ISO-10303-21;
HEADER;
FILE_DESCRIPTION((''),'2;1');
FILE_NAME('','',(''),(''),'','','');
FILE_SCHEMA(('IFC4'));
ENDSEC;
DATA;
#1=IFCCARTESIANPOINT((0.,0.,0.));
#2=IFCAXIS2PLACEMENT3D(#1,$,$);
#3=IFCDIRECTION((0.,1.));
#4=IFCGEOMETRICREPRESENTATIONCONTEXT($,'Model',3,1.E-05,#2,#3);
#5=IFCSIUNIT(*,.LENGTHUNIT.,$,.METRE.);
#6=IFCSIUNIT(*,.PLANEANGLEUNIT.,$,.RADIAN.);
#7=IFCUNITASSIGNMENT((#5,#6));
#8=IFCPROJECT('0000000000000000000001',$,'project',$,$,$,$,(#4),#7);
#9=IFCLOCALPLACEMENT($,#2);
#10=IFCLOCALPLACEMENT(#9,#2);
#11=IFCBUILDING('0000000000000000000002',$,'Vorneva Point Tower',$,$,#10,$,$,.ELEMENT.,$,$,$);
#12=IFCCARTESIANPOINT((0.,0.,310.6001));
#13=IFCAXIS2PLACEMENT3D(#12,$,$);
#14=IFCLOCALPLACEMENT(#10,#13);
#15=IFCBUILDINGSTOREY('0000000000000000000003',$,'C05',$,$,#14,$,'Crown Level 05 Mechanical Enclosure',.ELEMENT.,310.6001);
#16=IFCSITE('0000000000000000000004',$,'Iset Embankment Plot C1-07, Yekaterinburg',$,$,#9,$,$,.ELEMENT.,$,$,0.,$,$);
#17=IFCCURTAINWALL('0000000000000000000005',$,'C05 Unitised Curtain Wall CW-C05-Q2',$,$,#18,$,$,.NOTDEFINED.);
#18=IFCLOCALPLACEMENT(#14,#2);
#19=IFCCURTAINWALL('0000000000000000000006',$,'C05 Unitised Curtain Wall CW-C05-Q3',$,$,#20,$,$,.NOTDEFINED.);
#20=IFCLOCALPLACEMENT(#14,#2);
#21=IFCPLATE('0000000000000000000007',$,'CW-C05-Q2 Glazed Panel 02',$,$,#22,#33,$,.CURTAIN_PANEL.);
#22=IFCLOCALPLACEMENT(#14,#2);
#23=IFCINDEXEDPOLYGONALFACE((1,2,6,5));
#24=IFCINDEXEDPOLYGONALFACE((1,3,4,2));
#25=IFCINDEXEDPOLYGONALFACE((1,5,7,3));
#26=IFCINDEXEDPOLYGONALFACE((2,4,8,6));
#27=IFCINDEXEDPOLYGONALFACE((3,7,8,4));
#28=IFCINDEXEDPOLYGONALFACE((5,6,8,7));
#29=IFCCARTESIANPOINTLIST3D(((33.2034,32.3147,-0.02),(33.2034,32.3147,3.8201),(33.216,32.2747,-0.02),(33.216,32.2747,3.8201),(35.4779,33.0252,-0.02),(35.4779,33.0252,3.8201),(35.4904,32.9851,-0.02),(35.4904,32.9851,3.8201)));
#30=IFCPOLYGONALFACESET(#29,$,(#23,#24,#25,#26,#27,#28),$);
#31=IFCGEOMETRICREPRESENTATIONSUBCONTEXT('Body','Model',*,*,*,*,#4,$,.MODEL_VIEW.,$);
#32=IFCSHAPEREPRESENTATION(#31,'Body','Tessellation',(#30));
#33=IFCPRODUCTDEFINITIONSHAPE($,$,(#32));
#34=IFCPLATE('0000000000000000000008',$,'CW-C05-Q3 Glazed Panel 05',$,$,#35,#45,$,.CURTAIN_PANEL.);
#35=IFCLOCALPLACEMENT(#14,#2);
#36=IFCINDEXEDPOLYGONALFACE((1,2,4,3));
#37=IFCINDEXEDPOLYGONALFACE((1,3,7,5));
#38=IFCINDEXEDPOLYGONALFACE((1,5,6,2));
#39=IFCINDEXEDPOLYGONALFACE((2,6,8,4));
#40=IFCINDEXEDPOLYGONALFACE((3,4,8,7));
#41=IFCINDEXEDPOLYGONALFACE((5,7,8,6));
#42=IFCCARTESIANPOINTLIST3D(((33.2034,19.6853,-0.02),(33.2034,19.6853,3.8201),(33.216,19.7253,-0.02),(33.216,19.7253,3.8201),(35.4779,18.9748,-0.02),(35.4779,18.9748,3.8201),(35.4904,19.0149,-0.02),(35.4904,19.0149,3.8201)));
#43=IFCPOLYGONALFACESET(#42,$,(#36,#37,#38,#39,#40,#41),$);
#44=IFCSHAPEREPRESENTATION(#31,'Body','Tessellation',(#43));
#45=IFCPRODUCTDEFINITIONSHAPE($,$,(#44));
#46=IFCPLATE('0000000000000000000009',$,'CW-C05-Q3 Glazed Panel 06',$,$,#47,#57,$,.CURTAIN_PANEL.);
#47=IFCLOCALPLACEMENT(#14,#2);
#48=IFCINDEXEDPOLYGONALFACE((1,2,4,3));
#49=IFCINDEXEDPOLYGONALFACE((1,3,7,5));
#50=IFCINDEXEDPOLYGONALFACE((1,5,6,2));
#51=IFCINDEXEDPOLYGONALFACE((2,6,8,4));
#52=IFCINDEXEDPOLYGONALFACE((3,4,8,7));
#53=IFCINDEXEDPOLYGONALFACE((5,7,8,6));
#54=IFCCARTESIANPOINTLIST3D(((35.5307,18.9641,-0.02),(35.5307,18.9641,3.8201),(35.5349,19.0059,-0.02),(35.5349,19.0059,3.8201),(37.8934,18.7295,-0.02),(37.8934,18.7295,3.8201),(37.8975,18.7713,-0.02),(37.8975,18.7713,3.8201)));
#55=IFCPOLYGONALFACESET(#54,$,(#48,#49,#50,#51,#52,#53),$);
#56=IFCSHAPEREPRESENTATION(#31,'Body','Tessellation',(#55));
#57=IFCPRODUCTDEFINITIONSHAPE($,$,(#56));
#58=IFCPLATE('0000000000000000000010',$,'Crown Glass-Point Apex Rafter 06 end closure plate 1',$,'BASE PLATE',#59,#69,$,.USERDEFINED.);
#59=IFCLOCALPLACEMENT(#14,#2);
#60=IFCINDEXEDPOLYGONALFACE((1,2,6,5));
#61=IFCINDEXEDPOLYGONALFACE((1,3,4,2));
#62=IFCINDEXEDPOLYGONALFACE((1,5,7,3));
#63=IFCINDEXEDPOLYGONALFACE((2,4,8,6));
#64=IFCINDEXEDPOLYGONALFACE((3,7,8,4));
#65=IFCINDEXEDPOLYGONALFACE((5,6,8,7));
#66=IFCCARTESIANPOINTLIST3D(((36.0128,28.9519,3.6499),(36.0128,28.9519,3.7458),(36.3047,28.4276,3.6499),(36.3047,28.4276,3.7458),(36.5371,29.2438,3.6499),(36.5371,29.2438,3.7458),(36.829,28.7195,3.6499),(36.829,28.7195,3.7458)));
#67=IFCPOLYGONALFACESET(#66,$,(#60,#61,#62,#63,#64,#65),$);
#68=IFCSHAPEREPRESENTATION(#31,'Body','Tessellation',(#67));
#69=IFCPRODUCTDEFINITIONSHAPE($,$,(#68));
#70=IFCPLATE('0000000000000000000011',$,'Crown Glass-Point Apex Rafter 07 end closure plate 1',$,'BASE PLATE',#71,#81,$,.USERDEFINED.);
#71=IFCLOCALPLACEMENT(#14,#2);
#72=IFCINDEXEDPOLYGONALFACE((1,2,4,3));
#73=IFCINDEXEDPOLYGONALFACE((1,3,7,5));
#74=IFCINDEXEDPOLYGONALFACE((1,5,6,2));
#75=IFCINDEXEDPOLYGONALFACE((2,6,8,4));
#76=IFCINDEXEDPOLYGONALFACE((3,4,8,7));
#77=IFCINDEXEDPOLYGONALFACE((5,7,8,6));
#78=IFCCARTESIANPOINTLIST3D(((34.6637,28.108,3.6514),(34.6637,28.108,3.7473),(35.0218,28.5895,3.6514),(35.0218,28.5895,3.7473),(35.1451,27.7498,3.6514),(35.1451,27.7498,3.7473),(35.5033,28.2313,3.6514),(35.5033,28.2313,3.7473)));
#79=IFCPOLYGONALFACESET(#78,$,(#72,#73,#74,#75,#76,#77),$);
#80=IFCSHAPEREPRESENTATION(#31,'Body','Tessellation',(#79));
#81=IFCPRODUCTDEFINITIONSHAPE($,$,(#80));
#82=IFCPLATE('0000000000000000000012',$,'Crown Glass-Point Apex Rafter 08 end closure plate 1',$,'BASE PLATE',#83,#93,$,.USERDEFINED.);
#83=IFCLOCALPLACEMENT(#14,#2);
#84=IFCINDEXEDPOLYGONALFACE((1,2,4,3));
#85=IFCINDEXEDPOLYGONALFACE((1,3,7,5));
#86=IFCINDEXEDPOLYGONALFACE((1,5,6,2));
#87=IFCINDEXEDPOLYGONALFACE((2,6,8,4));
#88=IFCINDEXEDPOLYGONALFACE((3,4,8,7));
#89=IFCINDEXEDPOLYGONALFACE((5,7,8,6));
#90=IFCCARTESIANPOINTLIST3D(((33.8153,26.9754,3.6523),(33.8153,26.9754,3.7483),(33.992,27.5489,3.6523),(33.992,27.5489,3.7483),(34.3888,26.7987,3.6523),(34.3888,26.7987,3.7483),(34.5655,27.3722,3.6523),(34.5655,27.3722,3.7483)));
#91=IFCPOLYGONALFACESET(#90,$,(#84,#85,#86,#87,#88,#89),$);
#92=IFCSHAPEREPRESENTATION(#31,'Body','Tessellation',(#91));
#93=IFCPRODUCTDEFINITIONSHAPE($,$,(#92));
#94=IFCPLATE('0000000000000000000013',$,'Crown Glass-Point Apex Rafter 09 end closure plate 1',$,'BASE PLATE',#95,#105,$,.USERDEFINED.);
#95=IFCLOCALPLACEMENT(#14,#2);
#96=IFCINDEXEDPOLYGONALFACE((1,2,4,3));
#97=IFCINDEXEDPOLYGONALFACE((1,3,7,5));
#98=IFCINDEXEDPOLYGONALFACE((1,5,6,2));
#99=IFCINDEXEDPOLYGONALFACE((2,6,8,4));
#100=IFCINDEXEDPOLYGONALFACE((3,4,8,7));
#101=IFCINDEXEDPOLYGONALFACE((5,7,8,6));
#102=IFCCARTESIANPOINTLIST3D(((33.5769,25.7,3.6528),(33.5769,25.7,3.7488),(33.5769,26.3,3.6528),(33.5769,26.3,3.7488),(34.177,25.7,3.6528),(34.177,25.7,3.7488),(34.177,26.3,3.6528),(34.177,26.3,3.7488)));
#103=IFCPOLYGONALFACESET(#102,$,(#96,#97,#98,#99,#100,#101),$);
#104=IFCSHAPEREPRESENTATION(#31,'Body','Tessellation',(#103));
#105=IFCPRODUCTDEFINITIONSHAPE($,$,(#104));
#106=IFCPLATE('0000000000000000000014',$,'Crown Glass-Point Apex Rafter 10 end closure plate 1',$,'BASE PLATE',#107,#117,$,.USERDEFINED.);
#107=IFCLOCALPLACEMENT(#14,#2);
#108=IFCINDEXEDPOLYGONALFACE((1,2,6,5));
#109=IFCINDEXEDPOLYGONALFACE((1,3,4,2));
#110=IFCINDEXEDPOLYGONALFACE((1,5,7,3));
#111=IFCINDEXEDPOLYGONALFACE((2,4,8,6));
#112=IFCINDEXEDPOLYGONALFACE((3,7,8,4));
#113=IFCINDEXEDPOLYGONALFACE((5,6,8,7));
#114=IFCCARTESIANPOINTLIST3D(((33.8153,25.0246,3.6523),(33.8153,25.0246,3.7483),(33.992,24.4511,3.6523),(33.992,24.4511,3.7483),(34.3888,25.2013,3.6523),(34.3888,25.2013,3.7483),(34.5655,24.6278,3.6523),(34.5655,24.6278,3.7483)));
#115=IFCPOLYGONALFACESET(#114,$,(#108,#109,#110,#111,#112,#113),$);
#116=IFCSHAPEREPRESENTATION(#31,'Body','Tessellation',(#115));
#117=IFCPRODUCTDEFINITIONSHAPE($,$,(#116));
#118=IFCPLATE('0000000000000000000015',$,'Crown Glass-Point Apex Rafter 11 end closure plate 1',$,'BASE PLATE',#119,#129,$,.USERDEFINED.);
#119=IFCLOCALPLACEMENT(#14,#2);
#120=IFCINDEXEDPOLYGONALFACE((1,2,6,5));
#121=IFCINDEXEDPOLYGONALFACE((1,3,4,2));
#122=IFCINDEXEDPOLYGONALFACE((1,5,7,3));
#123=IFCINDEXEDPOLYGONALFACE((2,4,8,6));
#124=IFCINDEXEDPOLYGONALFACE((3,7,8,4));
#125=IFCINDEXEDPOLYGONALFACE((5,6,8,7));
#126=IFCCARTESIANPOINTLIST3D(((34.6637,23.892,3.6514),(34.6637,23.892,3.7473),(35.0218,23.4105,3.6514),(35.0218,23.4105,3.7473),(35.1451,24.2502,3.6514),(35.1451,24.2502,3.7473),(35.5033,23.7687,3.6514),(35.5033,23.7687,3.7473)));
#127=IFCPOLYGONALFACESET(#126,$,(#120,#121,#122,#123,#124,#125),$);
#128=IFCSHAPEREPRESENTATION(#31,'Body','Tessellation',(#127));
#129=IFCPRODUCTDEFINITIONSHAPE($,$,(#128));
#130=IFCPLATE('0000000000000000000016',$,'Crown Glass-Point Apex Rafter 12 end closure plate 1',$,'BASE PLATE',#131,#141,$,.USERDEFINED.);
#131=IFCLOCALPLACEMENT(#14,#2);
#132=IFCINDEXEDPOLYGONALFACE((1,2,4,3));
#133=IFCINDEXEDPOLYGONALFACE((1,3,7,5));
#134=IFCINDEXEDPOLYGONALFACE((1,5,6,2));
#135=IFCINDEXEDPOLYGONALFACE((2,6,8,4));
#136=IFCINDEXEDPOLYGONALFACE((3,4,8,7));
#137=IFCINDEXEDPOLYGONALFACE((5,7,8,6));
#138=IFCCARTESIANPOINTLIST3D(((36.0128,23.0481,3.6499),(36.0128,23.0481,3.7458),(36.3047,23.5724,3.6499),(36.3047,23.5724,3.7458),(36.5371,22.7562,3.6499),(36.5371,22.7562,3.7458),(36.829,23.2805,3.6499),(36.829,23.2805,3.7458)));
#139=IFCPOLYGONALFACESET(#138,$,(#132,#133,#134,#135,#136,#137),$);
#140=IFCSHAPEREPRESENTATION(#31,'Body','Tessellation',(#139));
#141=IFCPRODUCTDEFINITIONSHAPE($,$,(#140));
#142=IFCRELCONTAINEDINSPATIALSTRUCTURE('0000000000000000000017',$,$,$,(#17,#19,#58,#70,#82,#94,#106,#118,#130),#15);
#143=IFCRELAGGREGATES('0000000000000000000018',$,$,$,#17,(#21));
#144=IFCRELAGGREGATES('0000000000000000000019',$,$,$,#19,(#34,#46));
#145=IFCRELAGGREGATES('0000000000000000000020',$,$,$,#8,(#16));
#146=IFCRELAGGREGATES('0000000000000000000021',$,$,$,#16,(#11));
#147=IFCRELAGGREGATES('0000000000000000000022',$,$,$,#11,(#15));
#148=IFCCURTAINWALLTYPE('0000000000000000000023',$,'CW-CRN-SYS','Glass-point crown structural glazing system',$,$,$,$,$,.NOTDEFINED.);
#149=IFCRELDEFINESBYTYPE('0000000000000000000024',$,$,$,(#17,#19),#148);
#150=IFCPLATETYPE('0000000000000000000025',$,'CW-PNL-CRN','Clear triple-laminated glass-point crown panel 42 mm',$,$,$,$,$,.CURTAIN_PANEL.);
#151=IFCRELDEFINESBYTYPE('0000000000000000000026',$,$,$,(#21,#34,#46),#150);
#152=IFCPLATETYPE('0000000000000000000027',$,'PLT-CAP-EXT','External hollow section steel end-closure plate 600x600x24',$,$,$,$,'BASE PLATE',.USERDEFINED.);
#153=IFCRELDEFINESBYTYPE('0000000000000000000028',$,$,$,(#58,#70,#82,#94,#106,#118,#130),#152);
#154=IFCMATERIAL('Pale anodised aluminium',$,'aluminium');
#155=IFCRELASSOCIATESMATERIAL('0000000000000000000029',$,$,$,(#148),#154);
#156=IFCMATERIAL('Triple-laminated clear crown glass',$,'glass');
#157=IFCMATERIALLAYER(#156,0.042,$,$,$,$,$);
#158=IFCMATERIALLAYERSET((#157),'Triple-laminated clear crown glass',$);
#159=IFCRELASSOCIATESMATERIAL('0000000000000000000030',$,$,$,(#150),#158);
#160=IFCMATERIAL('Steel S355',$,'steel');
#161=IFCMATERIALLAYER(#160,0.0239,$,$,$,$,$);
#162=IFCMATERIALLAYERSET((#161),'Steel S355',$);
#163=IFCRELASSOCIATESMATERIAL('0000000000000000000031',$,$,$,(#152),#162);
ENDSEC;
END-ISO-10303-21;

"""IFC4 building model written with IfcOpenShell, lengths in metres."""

from ifc_helpers import new_model, si_unit, direction, frame, origin, origin_2d, place, context, subcontext, project, spatial, rectangle, extrude, material, layer, layer_set, type_object, element, aggregate, save


model = new_model("IFC4")

# Units and contexts
model_context = context("Model", 3, precision=1e-05, world=origin(), true_north=direction((0.0, 1.0)))
body_context = subcontext(model_context, "Body", "Model", "MODEL_VIEW")
ifc_project = project(units=[si_unit("LENGTHUNIT", "METRE"), si_unit("PLANEANGLEUNIT", "RADIAN")], contexts=[model_context])

# Site, building, storey
site_placement = place(None, origin())
site = spatial("IfcSite", under=ifc_project, at=site_placement, Name="Iset Embankment Plot C1-07, Yekaterinburg", CompositionType="ELEMENT", RefElevation=0.0)
building_placement = place(site_placement, origin())
building = spatial("IfcBuilding", under=site, at=building_placement, Name="Vorneva Point Tower", CompositionType="ELEMENT")
storey_placement = place(building_placement, frame((0.0, 0.0, 310.6001)))
storey = spatial("IfcBuildingStorey", under=building, at=storey_placement, Name="C05", LongName="Crown Level 05 Mechanical Enclosure", CompositionType="ELEMENT", Elevation=310.6001)

# Shared definitions
ifc_material_1 = material(Name="Steel S355", Category="steel")

# Curtain walls
ifc_material_2 = material(Name="Pale anodised aluminium", Category="aluminium")
curtain_wall_type = type_object("IfcCurtainWallType", Name="CW-CRN-SYS", Description="Glass-point crown structural glazing system", PredefinedType="NOTDEFINED", material=ifc_material_2)
curtain_wall_1_placement = place(storey_placement, origin())
curtain_wall_1 = element("IfcCurtainWall", 1, at=curtain_wall_1_placement, inside=storey, type_object=curtain_wall_type, Name="C05 Unitised Curtain Wall CW-C05-Q2", PredefinedType="NOTDEFINED")
curtain_wall_2_placement = place(storey_placement, origin())
curtain_wall_2 = element("IfcCurtainWall", 2, at=curtain_wall_2_placement, inside=storey, type_object=curtain_wall_type, Name="C05 Unitised Curtain Wall CW-C05-Q3", PredefinedType="NOTDEFINED")

# Plates
ifc_material_3 = material(Name="Triple-laminated clear crown glass", Category="glass")
ifc_layer_1 = layer(ifc_material_3, 0.042)
ifc_layer_set_1 = layer_set([ifc_layer_1], Name="Triple-laminated clear crown glass")
plate_type_1 = type_object("IfcPlateType", Name="CW-PNL-CRN", Description="Clear triple-laminated glass-point crown panel 42 mm", PredefinedType="CURTAIN_PANEL", material=ifc_layer_set_1)
plate_1_placement = place(storey_placement, frame((34.3469, 32.6499, -0.02), z_axis=(0.0, 0.0, 1.0), x_axis=(-0.954522, -0.298141, 0.0)))
plate_1 = element("IfcPlate", 3, at=plate_1_placement, type_object=plate_type_1, Name="CW-C05-Q2 Glazed Panel 02", PredefinedType="CURTAIN_PANEL", context=body_context, shape_type="SweptSolid", body=[
    extrude(rectangle(XDim=2.3828, YDim=0.042, at=origin_2d()), origin(), (0.0, 0.0, 1.0), 3.8401),
])
aggregate(curtain_wall_1, [plate_1])
plate_2_placement = place(storey_placement, frame((34.3469, 19.3501, -0.02), z_axis=(0.0, 0.0, 1.0), x_axis=(0.954522, -0.298141, 0.0)))
plate_2 = element("IfcPlate", 4, at=plate_2_placement, type_object=plate_type_1, Name="CW-C05-Q3 Glazed Panel 05", PredefinedType="CURTAIN_PANEL", context=body_context, shape_type="SweptSolid", body=[
    extrude(rectangle(XDim=2.3828, YDim=0.042, at=origin_2d()), origin(), (0.0, 0.0, 1.0), 3.8401),
])
plate_3_placement = place(storey_placement, frame((36.7141, 18.8677, -0.02), z_axis=(0.0, 0.0, 1.0), x_axis=(0.995107, -0.098799, 0.0)))
plate_3 = element("IfcPlate", 5, at=plate_3_placement, type_object=plate_type_1, Name="CW-C05-Q3 Glazed Panel 06", PredefinedType="CURTAIN_PANEL", context=body_context, shape_type="SweptSolid", body=[
    extrude(rectangle(XDim=2.3743, YDim=0.042, at=origin_2d()), origin(), (0.0, 0.0, 1.0), 3.8401),
])
aggregate(curtain_wall_2, [plate_2, plate_3])

# Plates
ifc_layer_2 = layer(ifc_material_1, 0.0239)
ifc_layer_set_2 = layer_set([ifc_layer_2], Name="Steel S355")
plate_type_2 = type_object("IfcPlateType", Name="PLT-CAP-EXT", Description="External hollow section steel end-closure plate 600x600x24", ElementType="BASE PLATE", PredefinedType="USERDEFINED", material=ifc_layer_set_2)
for number, where, z_axis, x_axis, name in (
    (6, (36.4209, 28.8357, 3.6499), (0.0, 0.0, 1.0), (0.486488, -0.873687, 0.0), "Crown Glass-Point Apex Rafter 06 end closure plate 1"),
    (7, (35.0835, 28.1697, 3.6514), (0.0, 0.0, 1.0), (0.802339, -0.596869, 0.0), "Crown Glass-Point Apex Rafter 07 end closure plate 1"),
    (8, (34.1904, 27.1738, 3.6523), (0.0, 0.0, 1.0), (0.955659, -0.294474, 0.0), "Crown Glass-Point Apex Rafter 08 end closure plate 1"),
    (9, (33.877, 26.0, 3.6528), (0.0, 0.0, 1.0), (1.0, 0.0, 0.0), "Crown Glass-Point Apex Rafter 09 end closure plate 1"),
    (10, (34.1904, 24.8262, 3.6523), (0.0, 0.0, 1.0), (0.955659, 0.294474, 0.0), "Crown Glass-Point Apex Rafter 10 end closure plate 1"),
    (11, (35.0835, 23.8303, 3.6514), (0.0, 0.0, 1.0), (0.802339, 0.596869, 0.0), "Crown Glass-Point Apex Rafter 11 end closure plate 1"),
    (12, (36.4209, 23.1643, 3.6499), (0.0, 0.0, 1.0), (0.486488, 0.873687, 0.0), "Crown Glass-Point Apex Rafter 12 end closure plate 1"),
):
    element("IfcPlate", number, at=place(storey_placement, frame(where, z_axis=z_axis, x_axis=x_axis)), inside=storey, type_object=plate_type_2, Name=name, ObjectType="BASE PLATE", PredefinedType="USERDEFINED", context=body_context, shape_type="SweptSolid", body=[
        extrude(rectangle(XDim=0.6001, YDim=0.6001, at=origin_2d()), origin(), (0.0, 0.0, 1.0), 0.0959),
    ])

save(model, "model.ifc")
